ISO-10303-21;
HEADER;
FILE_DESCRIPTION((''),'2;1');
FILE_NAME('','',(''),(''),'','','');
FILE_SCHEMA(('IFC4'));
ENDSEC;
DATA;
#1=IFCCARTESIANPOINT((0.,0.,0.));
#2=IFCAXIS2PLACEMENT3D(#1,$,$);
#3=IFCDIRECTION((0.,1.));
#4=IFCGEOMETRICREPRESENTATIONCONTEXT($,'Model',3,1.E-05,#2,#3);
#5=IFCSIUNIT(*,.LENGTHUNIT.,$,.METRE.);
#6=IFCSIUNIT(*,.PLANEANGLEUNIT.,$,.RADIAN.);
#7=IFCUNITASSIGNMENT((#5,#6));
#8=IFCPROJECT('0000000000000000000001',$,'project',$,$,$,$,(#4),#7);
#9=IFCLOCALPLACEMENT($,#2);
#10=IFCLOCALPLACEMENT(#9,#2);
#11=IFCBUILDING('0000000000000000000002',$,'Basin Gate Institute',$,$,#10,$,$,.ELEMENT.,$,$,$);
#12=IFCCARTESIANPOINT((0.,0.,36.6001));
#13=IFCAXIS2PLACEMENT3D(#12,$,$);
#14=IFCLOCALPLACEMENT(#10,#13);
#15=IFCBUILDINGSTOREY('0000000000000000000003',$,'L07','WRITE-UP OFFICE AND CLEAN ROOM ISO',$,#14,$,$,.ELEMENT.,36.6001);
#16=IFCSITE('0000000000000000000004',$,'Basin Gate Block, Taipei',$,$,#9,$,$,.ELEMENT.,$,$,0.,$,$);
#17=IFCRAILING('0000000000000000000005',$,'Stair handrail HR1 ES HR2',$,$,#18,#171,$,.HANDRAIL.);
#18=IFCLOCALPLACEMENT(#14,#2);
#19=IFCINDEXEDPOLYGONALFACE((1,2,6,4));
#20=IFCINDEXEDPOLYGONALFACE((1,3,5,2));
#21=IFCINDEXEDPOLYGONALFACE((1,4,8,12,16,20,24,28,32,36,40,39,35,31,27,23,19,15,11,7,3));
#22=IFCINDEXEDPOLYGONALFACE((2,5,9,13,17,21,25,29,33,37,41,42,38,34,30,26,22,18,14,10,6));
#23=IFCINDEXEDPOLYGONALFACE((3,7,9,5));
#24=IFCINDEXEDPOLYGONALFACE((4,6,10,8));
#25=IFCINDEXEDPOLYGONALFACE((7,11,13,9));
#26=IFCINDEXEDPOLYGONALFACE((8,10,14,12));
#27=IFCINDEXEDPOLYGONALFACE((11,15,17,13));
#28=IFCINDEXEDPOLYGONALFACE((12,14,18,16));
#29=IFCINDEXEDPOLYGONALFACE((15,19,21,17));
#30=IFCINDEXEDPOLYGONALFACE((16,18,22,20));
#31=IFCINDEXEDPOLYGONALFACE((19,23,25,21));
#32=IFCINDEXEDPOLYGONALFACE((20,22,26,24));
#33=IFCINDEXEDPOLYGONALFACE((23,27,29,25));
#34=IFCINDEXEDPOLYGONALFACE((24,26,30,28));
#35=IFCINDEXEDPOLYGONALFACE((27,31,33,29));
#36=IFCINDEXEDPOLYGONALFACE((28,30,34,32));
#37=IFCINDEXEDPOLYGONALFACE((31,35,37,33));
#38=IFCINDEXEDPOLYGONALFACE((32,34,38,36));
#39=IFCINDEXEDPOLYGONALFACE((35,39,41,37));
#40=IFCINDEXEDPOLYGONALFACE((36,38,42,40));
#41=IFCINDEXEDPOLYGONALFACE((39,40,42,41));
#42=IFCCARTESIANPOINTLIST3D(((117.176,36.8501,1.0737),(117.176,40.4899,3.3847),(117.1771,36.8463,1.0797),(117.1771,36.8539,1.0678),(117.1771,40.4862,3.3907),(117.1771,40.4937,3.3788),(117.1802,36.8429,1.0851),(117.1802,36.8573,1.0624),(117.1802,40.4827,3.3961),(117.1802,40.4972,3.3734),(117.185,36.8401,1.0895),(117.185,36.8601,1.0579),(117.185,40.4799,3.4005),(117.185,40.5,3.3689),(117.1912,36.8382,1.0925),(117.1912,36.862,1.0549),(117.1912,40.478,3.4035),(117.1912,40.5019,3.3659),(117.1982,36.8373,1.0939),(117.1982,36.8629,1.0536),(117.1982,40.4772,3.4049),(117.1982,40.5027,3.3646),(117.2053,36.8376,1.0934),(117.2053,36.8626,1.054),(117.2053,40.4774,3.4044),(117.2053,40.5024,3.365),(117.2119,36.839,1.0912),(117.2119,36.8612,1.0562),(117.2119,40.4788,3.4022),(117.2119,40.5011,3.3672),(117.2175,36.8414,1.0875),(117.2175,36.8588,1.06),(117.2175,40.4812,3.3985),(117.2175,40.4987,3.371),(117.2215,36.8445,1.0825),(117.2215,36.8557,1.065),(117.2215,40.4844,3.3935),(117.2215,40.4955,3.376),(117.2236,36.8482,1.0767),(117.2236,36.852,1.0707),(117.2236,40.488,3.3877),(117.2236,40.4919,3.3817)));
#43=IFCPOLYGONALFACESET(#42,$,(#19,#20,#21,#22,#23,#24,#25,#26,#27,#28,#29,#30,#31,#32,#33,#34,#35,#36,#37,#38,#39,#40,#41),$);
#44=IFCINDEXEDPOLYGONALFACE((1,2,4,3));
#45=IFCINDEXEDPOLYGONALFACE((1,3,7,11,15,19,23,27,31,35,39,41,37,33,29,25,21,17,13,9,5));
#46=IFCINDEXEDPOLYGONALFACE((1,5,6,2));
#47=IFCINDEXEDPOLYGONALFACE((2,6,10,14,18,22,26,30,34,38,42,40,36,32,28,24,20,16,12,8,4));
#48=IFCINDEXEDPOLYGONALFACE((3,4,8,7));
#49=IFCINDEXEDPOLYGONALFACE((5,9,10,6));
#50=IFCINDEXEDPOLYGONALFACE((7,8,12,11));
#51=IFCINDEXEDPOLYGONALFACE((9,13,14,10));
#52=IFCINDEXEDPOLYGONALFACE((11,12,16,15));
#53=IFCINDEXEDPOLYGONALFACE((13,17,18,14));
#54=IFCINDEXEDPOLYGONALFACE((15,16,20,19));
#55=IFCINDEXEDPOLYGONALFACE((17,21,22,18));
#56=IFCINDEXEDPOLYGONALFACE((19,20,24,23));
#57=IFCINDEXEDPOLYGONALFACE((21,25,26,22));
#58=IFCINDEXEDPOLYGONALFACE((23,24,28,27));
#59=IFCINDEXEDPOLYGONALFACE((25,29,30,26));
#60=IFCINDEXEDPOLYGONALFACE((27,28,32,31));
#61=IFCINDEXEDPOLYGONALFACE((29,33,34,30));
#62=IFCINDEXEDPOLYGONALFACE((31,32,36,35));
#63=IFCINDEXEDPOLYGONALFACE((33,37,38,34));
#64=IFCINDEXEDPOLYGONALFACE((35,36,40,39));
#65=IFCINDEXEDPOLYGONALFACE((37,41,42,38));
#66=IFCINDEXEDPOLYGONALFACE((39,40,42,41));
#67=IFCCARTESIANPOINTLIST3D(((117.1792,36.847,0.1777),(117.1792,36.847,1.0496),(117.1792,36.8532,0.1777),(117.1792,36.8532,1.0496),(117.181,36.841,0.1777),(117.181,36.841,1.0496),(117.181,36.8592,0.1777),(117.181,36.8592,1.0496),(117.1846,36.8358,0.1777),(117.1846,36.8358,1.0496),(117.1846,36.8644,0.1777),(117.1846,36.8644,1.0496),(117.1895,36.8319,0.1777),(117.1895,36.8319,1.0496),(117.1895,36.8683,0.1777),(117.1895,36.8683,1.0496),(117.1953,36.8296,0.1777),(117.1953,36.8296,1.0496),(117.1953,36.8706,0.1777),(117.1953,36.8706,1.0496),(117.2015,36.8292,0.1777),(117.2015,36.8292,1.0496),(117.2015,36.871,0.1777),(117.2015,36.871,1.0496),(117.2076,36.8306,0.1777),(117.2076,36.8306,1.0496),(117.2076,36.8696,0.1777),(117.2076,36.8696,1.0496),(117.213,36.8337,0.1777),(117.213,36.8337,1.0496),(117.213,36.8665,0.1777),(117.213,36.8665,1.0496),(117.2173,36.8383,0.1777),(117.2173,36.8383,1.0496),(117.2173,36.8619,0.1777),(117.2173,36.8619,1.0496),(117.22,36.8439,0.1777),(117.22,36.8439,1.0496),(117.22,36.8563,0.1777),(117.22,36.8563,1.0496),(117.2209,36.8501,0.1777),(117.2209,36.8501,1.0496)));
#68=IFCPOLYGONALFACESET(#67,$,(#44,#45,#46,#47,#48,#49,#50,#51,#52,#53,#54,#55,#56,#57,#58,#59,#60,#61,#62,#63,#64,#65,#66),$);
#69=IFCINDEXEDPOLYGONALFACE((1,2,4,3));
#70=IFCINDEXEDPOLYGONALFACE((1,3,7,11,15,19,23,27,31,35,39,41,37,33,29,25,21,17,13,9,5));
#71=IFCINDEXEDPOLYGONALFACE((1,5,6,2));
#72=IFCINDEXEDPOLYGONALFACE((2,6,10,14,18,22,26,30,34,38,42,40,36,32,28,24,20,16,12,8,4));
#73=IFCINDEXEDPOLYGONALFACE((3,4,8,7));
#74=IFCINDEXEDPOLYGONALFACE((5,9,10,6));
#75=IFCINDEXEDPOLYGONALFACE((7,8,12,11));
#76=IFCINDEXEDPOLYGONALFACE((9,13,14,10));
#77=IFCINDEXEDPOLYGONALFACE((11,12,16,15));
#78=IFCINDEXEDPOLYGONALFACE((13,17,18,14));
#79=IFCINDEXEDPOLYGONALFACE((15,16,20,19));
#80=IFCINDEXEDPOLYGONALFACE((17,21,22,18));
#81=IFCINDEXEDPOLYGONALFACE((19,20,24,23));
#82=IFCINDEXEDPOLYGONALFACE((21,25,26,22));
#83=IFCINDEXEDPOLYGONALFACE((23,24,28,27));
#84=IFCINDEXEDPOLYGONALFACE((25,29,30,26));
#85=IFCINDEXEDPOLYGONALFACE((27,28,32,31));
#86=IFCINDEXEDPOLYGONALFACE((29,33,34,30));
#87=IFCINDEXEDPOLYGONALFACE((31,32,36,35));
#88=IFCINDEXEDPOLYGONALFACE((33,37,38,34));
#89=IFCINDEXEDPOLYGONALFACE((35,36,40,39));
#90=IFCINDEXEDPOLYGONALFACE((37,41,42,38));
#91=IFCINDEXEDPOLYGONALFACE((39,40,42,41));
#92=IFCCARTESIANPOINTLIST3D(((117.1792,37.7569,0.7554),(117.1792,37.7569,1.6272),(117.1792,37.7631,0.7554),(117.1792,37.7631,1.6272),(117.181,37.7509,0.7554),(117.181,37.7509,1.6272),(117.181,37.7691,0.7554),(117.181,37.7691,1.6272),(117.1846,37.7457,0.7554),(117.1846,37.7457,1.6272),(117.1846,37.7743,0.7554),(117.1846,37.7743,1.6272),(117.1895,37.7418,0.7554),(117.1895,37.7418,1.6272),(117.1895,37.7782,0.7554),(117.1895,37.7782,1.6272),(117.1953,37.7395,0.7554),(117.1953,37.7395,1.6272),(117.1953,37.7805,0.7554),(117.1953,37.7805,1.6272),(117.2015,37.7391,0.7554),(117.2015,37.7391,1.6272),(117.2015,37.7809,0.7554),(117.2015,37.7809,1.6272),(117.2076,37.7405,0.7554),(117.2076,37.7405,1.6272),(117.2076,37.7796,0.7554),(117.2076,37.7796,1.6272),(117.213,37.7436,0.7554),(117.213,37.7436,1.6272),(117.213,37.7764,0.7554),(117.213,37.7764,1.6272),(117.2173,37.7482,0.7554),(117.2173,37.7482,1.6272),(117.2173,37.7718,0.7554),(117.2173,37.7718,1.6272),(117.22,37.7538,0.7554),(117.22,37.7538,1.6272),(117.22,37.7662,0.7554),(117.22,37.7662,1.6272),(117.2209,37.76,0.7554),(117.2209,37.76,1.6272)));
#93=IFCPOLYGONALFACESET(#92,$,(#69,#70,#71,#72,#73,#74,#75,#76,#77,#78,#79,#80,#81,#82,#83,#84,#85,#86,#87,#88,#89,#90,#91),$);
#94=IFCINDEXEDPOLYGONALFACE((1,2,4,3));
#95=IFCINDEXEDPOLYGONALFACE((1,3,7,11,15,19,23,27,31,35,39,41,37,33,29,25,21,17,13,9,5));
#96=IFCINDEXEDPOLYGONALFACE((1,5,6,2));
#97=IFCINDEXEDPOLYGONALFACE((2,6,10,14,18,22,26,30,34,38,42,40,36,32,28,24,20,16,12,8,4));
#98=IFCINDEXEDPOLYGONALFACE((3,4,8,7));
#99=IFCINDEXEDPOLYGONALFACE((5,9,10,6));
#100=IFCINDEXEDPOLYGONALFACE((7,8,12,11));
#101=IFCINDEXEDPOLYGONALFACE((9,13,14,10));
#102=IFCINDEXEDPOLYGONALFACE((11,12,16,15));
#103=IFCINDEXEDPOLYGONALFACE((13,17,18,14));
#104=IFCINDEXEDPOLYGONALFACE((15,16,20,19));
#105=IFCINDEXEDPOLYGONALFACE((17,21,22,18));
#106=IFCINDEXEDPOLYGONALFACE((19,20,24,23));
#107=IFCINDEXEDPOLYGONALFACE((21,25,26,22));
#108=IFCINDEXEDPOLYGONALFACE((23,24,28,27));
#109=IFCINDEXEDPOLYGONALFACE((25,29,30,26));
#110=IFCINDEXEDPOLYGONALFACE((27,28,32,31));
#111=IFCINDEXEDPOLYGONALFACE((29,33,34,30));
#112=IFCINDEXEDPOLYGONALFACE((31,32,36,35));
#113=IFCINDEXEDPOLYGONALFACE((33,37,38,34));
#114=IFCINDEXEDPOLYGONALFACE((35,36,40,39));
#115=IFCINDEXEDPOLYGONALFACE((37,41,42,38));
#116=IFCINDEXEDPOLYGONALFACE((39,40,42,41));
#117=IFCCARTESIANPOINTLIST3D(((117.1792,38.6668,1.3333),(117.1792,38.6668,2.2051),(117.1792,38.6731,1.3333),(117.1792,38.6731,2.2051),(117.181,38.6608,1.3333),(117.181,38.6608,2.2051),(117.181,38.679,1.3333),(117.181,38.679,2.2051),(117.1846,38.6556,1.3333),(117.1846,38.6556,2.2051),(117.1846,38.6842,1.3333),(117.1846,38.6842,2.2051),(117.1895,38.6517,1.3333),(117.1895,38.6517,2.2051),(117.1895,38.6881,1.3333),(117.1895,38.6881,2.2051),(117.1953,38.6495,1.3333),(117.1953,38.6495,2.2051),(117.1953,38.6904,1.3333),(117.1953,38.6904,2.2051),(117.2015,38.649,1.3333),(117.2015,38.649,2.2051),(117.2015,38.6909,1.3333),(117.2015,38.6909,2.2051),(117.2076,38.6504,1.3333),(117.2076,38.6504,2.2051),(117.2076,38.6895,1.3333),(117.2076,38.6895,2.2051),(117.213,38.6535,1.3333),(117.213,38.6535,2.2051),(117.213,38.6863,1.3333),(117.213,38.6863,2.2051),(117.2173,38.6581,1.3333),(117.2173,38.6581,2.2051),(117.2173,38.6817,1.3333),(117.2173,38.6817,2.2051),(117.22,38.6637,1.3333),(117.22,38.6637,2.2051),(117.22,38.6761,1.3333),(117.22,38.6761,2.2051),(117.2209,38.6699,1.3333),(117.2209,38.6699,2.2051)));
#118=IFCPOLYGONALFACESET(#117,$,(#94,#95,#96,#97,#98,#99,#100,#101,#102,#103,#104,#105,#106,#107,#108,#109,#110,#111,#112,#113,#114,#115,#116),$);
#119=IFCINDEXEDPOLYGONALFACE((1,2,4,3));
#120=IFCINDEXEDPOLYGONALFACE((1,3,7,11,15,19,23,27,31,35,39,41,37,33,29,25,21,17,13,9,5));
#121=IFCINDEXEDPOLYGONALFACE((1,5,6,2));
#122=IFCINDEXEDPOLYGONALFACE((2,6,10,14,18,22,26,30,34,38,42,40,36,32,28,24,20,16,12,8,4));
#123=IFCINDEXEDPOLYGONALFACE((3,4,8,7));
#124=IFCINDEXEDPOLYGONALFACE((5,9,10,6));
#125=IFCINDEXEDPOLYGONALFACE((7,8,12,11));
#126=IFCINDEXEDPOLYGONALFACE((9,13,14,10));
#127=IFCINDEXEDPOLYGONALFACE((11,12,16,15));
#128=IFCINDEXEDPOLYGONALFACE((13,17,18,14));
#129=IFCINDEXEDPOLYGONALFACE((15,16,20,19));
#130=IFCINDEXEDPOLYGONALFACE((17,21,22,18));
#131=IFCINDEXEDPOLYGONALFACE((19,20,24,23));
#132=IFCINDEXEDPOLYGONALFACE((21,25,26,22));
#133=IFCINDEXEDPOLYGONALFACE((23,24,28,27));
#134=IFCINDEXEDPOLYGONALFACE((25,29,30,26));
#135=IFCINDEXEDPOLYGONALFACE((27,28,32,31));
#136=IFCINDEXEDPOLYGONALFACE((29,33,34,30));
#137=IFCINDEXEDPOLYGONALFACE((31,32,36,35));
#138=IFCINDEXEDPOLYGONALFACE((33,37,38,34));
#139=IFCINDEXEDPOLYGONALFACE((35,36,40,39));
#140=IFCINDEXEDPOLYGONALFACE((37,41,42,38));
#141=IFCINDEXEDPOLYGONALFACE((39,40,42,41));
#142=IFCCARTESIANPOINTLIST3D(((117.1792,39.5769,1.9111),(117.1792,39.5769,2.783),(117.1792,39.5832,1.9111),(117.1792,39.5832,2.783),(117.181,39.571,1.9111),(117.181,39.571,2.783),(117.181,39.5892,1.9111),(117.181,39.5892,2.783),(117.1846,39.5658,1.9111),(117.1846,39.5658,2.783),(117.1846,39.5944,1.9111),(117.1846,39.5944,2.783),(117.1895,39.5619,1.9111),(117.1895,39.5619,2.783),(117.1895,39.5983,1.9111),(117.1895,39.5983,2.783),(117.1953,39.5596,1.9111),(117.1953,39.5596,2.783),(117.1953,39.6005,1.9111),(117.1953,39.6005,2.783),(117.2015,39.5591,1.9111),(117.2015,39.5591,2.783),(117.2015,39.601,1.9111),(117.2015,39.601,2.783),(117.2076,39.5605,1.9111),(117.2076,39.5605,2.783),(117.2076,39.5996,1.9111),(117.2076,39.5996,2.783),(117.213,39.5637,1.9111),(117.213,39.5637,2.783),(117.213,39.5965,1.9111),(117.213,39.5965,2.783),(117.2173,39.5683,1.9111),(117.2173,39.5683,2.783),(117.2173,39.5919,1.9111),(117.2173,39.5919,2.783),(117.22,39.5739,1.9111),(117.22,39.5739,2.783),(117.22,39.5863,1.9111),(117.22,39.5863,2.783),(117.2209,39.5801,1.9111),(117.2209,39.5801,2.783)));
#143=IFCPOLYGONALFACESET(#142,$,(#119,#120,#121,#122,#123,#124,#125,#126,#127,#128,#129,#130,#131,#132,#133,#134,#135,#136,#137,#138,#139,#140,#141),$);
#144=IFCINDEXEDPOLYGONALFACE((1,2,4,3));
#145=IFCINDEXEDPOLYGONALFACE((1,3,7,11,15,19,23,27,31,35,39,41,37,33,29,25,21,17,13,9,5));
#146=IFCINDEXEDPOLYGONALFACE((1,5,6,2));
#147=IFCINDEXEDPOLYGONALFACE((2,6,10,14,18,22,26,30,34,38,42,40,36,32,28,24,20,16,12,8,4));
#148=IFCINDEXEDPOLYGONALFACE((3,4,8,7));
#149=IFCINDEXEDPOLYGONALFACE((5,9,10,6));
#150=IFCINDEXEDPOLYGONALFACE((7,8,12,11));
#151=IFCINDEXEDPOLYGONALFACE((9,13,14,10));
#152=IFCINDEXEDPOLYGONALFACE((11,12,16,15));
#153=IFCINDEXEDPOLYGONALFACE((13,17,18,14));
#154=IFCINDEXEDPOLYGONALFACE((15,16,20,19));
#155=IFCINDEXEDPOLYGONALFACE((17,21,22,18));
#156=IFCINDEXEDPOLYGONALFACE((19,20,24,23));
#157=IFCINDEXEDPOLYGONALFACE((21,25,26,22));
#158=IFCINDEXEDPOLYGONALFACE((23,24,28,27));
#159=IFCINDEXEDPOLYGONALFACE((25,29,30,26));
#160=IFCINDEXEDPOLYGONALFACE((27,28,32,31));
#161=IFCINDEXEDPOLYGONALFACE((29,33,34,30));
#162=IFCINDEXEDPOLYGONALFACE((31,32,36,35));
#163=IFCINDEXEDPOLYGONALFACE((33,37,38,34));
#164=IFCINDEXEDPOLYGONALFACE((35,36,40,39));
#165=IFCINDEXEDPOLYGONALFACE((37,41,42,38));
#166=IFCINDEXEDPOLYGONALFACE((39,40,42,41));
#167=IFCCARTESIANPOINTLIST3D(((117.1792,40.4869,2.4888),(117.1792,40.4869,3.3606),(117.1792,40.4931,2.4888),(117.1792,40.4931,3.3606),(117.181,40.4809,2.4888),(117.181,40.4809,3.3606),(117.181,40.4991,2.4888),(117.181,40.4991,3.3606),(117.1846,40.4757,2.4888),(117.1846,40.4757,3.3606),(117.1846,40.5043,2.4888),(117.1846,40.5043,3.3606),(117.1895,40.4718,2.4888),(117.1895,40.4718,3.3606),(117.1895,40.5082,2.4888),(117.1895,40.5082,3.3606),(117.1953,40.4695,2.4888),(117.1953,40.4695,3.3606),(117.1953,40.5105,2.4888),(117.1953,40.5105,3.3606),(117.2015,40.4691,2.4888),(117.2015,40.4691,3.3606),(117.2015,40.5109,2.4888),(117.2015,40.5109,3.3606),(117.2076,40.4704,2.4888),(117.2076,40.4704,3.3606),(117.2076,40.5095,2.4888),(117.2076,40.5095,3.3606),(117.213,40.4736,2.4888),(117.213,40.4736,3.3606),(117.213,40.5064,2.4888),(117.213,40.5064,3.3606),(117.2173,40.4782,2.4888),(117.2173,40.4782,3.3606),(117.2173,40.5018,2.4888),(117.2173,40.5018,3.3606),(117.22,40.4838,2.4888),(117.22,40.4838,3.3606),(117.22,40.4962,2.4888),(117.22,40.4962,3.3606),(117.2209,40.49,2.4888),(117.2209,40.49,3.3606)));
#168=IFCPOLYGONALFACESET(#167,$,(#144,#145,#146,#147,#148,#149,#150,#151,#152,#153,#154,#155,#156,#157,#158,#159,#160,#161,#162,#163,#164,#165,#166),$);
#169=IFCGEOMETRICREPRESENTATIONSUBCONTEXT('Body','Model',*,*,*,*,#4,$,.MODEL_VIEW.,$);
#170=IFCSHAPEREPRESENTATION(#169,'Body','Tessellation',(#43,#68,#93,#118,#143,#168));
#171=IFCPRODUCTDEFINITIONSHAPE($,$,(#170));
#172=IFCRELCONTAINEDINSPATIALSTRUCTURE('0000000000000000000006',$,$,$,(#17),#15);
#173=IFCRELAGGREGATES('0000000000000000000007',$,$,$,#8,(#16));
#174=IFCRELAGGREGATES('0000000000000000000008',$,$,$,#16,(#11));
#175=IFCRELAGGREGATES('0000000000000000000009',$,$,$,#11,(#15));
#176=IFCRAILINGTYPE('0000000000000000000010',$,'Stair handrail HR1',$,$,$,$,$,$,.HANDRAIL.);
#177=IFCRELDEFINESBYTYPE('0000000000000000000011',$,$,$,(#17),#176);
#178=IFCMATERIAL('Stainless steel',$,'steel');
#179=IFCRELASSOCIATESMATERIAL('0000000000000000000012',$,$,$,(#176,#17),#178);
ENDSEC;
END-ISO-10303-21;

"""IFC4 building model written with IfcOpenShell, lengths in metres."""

from ifc_helpers import new_model, si_unit, direction, frame, origin, origin_2d, place, context, subcontext, project, spatial, circle, extrude, material, type_object, element, save


model = new_model("IFC4")

# Units and contexts
model_context = context("Model", 3, precision=1e-05, world=origin(), true_north=direction((0.0, 1.0)))
body_context = subcontext(model_context, "Body", "Model", "MODEL_VIEW")
ifc_project = project(units=[si_unit("LENGTHUNIT", "METRE"), si_unit("PLANEANGLEUNIT", "RADIAN")], contexts=[model_context])

# Site, building, storey
site_placement = place(None, origin())
site = spatial("IfcSite", under=ifc_project, at=site_placement, Name="Basin Gate Block, Taipei", CompositionType="ELEMENT", RefElevation=0.0)
building_placement = place(site_placement, origin())
building = spatial("IfcBuilding", under=site, at=building_placement, Name="Basin Gate Institute", CompositionType="ELEMENT")
storey_placement = place(building_placement, frame((0.0, 0.0, 36.6001)))
storey = spatial("IfcBuildingStorey", under=building, at=storey_placement, Name="L07", Description="WRITE-UP OFFICE AND CLEAN ROOM ISO", CompositionType="ELEMENT", Elevation=36.6001)

# Railing
ifc_material_1 = material(Name="Stainless steel", Category="steel")
railing_type_1 = type_object("IfcRailingType", Name="Stair handrail HR1", PredefinedType="HANDRAIL", material=ifc_material_1)
for number, where, name in (
    (1, (117.2, 36.8501, 0.1777), "Stair handrail HR1 ES HR2"),
):
    element("IfcRailing", number, at=place(storey_placement, frame(where)), inside=storey, type_object=railing_type_1, material=ifc_material_1, Name=name, PredefinedType="HANDRAIL", context=body_context, shape_type="SweptSolid", body=[
        extrude(circle(Radius=0.0239, at=origin_2d()), frame((0.0, 0.0, 0.896), z_axis=(0.0, 0.844214, 0.536007), x_axis=(-1.0, 0.0, 0.0)), (0.0, 0.0, 1.0), 4.3115),
        extrude(circle(Radius=0.021, at=origin_2d()), origin(), (0.0, 0.0, 1.0), 0.8718),
        extrude(circle(Radius=0.021, at=origin_2d()), frame((0.0, 0.9099, 0.5776)), (0.0, 0.0, 1.0), 0.8718),
        extrude(circle(Radius=0.021, at=origin_2d()), frame((0.0, 1.8198, 1.1555)), (0.0, 0.0, 1.0), 0.8718),
        extrude(circle(Radius=0.021, at=origin_2d()), frame((0.0, 2.73, 1.7334)), (0.0, 0.0, 1.0), 0.8718),
        extrude(circle(Radius=0.021, at=origin_2d()), frame((0.0, 3.6399, 2.311)), (0.0, 0.0, 1.0), 0.8718),
    ])

save(model, "model.ifc")
